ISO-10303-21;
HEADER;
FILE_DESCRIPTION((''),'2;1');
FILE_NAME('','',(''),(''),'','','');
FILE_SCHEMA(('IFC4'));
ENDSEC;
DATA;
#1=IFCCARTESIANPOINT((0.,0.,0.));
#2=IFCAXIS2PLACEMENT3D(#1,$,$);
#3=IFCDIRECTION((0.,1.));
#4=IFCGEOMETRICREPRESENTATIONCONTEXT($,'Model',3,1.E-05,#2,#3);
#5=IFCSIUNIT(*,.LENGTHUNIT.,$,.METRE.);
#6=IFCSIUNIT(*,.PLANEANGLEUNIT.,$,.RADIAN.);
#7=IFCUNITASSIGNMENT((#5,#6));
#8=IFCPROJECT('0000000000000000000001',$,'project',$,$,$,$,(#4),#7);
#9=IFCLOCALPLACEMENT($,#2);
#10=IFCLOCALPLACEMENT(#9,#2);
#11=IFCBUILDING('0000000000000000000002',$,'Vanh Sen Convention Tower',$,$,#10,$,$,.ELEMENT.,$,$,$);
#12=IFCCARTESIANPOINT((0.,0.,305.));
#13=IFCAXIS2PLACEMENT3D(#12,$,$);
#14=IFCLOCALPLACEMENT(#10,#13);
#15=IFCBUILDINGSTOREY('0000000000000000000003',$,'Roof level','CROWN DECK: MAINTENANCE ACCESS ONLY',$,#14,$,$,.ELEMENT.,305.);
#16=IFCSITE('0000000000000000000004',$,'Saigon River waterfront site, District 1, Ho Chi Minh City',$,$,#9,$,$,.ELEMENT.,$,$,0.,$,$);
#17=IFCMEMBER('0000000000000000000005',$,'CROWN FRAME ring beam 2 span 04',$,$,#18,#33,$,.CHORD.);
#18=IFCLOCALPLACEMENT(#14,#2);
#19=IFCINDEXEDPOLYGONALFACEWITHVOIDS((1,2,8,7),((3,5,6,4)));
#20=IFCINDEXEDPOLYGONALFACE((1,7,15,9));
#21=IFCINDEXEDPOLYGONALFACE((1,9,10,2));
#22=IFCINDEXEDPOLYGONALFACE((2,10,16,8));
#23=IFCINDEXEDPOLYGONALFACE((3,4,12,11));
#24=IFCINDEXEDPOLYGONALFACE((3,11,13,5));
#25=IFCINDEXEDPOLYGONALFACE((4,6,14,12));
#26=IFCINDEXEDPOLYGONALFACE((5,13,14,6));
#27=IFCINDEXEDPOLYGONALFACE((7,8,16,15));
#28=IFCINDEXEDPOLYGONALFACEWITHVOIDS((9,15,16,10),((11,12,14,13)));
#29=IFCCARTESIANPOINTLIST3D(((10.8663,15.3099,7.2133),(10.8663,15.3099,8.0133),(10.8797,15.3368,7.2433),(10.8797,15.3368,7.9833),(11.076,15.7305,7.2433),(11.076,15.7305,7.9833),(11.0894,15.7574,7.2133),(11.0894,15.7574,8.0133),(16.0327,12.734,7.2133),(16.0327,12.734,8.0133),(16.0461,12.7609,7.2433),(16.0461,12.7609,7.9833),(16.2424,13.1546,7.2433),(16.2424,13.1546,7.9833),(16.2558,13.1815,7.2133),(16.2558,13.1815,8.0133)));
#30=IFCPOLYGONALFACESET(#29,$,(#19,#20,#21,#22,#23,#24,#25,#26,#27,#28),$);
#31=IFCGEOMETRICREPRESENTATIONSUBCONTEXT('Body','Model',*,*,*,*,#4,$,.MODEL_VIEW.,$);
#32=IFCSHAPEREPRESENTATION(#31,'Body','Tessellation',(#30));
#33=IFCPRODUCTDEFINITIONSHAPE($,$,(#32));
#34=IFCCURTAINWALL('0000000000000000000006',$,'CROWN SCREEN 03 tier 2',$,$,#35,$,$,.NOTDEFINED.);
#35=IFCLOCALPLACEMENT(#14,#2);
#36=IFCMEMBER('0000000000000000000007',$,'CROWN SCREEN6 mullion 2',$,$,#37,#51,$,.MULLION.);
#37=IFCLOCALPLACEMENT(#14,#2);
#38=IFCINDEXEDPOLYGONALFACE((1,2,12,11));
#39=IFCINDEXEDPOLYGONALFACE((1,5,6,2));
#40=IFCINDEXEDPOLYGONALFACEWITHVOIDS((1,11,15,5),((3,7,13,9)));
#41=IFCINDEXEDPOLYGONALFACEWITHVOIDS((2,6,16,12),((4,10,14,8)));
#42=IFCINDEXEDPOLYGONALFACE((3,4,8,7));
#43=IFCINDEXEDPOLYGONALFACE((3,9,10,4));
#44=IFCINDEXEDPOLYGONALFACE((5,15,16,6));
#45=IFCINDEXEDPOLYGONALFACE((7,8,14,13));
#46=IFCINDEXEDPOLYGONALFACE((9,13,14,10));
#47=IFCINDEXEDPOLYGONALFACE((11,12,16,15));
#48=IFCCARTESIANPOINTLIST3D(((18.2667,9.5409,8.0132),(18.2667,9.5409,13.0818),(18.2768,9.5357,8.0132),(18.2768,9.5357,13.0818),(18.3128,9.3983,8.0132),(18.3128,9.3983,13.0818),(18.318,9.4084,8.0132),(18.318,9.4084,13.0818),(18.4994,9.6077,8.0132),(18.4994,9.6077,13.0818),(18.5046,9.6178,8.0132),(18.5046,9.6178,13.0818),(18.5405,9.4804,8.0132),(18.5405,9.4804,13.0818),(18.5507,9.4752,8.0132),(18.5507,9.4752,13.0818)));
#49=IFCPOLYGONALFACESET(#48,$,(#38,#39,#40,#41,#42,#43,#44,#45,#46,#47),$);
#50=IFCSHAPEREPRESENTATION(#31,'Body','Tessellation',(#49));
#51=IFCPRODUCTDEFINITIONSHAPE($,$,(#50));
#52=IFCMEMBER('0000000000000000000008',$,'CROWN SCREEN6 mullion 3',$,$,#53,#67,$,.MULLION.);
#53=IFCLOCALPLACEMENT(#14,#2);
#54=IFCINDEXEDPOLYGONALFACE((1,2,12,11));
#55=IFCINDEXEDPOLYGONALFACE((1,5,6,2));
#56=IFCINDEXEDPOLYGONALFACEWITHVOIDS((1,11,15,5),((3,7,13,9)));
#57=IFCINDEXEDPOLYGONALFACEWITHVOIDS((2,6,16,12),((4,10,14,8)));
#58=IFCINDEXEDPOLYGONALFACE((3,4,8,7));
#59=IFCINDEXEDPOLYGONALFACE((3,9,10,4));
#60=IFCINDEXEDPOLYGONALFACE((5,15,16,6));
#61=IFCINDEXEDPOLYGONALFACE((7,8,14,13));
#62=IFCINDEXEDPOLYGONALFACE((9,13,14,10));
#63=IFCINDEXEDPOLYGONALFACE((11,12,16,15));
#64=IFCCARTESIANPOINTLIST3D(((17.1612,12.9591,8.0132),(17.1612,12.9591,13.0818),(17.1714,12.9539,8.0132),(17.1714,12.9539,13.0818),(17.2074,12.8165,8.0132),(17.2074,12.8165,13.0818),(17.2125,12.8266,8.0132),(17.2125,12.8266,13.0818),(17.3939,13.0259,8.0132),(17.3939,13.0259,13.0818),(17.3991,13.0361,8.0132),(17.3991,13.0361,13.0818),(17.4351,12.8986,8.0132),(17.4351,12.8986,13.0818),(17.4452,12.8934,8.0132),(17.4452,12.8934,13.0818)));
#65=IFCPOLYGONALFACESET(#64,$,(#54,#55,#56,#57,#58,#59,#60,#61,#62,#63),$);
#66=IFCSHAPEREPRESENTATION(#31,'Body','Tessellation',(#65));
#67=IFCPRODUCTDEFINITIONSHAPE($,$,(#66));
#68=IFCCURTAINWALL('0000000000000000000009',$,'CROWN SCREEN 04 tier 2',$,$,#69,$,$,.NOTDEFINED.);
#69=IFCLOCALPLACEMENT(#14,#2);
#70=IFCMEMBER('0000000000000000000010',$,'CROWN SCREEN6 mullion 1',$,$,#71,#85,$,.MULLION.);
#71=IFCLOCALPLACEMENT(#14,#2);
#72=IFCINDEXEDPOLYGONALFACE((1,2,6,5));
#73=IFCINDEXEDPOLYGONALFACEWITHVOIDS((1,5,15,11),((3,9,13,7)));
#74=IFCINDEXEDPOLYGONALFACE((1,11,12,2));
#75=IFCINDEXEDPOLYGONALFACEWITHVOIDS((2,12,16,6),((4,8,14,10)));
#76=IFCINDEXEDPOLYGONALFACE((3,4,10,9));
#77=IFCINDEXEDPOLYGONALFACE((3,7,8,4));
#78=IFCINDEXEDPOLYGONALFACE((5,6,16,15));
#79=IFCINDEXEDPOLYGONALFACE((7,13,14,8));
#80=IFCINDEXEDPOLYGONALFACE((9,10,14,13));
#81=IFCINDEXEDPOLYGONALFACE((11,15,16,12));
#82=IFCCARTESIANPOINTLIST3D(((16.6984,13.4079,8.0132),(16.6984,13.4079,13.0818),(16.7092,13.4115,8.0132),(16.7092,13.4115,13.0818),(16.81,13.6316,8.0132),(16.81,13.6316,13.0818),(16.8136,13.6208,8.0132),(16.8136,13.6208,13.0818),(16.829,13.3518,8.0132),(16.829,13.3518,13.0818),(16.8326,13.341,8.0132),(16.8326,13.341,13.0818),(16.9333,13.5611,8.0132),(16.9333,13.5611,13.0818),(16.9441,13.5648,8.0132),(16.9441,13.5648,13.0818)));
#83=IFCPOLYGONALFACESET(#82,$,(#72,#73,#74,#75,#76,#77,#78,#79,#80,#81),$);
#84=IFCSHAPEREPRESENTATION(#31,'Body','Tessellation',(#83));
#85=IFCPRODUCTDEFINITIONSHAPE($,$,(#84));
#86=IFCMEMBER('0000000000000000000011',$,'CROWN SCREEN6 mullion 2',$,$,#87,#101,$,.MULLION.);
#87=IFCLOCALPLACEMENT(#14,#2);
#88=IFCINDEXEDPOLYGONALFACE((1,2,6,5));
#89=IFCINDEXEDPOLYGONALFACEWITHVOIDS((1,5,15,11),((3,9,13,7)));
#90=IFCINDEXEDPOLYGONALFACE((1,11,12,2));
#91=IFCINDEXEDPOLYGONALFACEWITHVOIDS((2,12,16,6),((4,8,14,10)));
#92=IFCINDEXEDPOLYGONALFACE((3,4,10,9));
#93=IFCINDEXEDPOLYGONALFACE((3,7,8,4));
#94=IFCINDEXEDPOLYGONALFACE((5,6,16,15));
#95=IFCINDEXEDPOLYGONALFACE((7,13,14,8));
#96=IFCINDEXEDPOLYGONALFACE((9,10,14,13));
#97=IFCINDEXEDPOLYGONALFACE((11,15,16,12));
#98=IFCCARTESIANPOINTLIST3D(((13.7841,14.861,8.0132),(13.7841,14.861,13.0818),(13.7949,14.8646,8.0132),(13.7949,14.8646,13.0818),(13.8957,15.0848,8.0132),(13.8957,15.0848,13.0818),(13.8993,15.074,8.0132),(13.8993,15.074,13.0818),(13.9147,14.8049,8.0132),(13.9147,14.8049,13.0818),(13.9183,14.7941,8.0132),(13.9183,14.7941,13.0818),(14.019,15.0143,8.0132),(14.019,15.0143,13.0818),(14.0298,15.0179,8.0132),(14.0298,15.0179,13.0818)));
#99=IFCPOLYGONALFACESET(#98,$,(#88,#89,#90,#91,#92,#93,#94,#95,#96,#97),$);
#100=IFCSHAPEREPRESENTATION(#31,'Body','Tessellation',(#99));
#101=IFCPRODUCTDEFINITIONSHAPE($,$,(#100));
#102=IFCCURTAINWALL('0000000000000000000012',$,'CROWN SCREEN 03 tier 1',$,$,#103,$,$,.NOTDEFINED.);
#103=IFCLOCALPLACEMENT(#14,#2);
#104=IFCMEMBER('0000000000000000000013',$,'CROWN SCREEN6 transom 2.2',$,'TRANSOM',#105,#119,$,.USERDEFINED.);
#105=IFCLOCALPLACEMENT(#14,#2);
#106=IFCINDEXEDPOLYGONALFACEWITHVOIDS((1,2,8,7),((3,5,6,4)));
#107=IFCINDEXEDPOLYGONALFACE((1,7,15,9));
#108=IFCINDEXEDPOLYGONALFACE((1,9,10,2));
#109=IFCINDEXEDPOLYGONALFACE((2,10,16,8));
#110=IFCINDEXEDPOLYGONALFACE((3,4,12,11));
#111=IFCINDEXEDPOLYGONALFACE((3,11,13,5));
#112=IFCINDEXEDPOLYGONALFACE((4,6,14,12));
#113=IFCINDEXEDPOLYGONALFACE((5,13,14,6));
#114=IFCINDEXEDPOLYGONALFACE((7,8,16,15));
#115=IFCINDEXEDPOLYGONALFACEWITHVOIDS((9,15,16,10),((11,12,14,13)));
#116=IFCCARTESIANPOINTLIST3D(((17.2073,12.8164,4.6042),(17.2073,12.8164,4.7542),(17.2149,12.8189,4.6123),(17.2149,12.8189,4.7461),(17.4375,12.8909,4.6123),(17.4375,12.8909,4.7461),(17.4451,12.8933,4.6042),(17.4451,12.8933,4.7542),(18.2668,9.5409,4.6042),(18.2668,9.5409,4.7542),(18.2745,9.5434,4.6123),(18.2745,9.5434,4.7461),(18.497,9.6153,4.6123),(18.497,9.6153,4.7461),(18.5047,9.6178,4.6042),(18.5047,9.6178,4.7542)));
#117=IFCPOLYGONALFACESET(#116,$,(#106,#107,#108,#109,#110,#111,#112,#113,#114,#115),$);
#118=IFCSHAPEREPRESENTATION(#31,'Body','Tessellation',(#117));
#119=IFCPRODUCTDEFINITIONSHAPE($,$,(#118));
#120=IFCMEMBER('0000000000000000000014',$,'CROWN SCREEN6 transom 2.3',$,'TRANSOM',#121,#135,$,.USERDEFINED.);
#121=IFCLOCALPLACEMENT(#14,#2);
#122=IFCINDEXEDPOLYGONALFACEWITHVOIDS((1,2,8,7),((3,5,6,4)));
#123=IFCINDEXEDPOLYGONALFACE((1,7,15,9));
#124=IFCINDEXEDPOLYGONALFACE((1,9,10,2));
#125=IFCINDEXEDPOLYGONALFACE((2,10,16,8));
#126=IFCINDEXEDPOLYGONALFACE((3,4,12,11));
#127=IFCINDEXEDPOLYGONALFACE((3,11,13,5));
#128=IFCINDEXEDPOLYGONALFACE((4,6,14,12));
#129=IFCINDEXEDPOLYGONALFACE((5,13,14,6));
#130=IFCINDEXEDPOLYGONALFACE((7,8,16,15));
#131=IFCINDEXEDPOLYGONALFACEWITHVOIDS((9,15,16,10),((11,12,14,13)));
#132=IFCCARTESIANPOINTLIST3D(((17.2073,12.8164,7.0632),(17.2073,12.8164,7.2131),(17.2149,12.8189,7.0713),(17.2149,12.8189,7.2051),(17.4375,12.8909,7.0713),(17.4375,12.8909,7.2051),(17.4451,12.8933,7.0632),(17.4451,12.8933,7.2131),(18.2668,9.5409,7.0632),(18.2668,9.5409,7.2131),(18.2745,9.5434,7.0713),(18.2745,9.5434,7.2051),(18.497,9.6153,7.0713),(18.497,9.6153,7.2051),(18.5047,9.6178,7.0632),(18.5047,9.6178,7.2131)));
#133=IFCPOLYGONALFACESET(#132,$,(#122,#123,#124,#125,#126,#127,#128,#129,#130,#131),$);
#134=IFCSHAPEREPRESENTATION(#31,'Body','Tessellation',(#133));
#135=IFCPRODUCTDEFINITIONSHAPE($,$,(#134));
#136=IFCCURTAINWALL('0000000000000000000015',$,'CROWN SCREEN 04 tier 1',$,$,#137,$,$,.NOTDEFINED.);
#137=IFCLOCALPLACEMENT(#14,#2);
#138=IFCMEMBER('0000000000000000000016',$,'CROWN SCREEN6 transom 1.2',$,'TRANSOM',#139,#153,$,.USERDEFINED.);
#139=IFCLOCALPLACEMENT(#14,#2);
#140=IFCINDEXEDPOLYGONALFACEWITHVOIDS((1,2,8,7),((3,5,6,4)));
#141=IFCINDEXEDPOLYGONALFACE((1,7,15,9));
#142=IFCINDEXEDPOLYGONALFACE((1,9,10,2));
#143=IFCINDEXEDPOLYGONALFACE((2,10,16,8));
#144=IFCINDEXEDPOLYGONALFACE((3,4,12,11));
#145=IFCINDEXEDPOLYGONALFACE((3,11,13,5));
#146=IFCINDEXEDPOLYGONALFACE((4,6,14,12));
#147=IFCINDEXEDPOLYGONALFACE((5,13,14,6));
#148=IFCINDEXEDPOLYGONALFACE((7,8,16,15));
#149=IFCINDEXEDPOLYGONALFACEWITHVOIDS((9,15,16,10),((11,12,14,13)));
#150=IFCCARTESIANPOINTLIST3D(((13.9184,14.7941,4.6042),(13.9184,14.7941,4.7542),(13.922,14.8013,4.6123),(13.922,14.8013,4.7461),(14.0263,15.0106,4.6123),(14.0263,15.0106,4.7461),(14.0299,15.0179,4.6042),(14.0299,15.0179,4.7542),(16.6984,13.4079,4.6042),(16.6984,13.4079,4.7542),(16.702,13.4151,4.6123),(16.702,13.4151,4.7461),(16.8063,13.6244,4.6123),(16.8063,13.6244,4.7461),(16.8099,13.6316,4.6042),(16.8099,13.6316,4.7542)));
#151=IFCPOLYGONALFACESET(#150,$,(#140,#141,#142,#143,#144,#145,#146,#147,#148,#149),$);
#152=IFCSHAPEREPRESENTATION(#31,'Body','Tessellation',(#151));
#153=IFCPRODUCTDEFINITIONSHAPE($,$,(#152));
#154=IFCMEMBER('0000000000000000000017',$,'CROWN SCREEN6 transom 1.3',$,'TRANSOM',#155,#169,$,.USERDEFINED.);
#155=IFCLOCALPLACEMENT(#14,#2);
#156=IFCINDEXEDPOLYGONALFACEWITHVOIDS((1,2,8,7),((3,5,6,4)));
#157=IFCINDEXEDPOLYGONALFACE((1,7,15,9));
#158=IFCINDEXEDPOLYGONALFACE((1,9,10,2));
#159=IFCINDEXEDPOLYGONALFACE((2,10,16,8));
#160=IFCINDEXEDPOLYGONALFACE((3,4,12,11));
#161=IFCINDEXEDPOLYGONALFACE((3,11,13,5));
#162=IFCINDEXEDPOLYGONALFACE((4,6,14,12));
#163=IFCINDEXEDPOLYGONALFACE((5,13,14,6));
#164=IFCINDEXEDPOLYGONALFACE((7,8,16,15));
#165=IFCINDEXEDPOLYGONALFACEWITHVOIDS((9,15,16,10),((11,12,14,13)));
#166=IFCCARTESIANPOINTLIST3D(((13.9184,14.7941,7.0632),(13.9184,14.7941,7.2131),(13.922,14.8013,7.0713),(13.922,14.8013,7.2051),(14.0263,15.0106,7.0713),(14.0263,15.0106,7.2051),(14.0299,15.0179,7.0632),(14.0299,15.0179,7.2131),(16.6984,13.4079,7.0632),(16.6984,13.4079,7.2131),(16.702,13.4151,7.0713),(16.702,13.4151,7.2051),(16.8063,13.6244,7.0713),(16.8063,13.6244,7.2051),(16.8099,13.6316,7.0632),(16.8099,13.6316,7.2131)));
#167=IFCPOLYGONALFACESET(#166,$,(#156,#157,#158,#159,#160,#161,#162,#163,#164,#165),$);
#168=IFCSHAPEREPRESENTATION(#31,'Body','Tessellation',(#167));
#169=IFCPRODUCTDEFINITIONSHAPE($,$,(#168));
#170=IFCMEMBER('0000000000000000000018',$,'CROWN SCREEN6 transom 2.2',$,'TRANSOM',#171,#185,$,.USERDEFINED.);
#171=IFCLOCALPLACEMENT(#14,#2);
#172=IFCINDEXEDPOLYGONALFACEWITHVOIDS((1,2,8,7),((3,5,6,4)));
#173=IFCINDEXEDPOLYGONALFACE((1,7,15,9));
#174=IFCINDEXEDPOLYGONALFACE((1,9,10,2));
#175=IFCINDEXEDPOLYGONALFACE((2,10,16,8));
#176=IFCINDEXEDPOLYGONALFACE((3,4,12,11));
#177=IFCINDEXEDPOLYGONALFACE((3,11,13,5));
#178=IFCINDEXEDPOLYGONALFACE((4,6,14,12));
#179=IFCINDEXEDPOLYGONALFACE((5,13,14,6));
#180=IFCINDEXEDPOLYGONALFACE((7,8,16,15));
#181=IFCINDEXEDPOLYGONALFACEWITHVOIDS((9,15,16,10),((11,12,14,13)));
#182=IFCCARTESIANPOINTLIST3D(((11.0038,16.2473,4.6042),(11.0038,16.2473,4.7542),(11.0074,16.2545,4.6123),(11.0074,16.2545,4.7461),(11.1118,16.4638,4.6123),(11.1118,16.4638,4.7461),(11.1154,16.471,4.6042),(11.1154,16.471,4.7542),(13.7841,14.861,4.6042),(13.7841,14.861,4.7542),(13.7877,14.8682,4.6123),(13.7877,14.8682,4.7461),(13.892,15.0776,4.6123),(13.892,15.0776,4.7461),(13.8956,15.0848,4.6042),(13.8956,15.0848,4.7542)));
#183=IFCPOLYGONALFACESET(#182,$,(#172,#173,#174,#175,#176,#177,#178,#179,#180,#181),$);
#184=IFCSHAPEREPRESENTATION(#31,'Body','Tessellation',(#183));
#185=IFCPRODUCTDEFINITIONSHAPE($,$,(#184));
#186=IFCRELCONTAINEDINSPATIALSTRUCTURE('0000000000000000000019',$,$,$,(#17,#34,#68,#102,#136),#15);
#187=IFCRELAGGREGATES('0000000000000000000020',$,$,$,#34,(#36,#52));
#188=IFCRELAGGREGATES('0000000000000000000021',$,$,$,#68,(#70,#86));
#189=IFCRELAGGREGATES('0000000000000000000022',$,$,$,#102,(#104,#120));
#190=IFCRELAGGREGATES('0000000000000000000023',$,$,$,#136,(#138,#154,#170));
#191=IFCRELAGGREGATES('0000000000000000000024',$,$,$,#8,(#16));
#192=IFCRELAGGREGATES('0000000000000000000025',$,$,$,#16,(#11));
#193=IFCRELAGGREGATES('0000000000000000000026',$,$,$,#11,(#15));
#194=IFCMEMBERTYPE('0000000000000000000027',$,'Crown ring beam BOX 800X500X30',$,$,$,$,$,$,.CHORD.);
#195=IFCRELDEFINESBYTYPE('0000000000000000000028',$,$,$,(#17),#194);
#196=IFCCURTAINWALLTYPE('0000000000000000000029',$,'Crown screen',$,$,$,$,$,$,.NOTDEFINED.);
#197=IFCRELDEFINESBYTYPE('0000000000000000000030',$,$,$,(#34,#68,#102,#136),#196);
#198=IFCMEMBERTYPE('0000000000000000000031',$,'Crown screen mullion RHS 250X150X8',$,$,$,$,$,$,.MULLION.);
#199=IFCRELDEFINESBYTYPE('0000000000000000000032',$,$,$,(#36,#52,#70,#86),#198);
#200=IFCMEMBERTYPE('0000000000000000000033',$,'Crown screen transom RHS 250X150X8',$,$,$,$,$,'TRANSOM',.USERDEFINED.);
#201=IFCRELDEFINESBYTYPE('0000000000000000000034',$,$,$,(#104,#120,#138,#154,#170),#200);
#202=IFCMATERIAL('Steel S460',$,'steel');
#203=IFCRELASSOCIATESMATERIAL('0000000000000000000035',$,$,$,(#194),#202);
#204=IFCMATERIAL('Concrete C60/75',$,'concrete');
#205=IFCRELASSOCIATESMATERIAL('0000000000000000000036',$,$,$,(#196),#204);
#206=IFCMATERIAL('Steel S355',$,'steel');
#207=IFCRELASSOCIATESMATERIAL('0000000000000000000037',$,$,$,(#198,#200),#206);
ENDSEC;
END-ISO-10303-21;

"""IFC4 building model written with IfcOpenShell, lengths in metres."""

from ifc_helpers import new_model, si_unit, direction, frame, origin, origin_2d, place, context, subcontext, project, spatial, hollow_rectangle, extrude, material, material_profile, profile_set, type_object, element, aggregate, save


model = new_model("IFC4")

# Units and contexts
model_context = context("Model", 3, precision=1e-05, world=origin(), true_north=direction((0.0, 1.0)))
body_context = subcontext(model_context, "Body", "Model", "MODEL_VIEW")
ifc_project = project(units=[si_unit("LENGTHUNIT", "METRE"), si_unit("PLANEANGLEUNIT", "RADIAN")], contexts=[model_context])

# Site, building, storey
site_placement = place(None, origin())
site = spatial("IfcSite", under=ifc_project, at=site_placement, Name="Saigon River waterfront site, District 1, Ho Chi Minh City", CompositionType="ELEMENT", RefElevation=0.0)
building_placement = place(site_placement, origin())
building = spatial("IfcBuilding", under=site, at=building_placement, Name="Vanh Sen Convention Tower", CompositionType="ELEMENT")
storey_placement = place(building_placement, frame((0.0, 0.0, 305.0)))
storey = spatial("IfcBuildingStorey", under=building, at=storey_placement, Name="Roof level", Description="CROWN DECK: MAINTENANCE ACCESS ONLY", CompositionType="ELEMENT", Elevation=305.0)

# Member
ifc_material_1 = material(Name="Steel S460", Category="steel")
ifc_material_profile_1 = material_profile(ifc_material_1, hollow_rectangle(XDim=0.5, YDim=0.8, WallThickness=0.03, at=origin_2d()), Name="BOX 800X500X30")
ifc_profile_set_1 = profile_set([ifc_material_profile_1], Name="Steel S460")
member_type_1 = type_object("IfcMemberType", Name="Crown ring beam BOX 800X500X30", PredefinedType="CHORD", material=ifc_profile_set_1)
member_1_placement = place(storey_placement, frame((16.1443, 12.9578, 7.6133), z_axis=(-0.894934, 0.446198, 0.0), x_axis=(-0.446198, -0.894934, 0.0)))
element("IfcMember", 1, at=member_1_placement, inside=storey, type_object=member_type_1, Name="CROWN FRAME ring beam 2 span 04", PredefinedType="CHORD", context=body_context, shape_type="SweptSolid", body=[
    extrude(hollow_rectangle(XDim=0.5, YDim=0.8, WallThickness=0.03, at=origin_2d()), origin(), (0.0, 0.0, 1.0), 5.7729),
])

# Curtain walls, members
ifc_material_2 = material(Name="Concrete C60/75", Category="concrete")
curtain_wall_type = type_object("IfcCurtainWallType", Name="Crown screen", PredefinedType="NOTDEFINED", material=ifc_material_2)
curtain_wall_1_placement = place(storey_placement, origin())
curtain_wall_1 = element("IfcCurtainWall", 2, at=curtain_wall_1_placement, inside=storey, type_object=curtain_wall_type, Name="CROWN SCREEN 03 tier 2", PredefinedType="NOTDEFINED")
ifc_material_3 = material(Name="Steel S355", Category="steel")
ifc_material_profile_2 = material_profile(ifc_material_3, hollow_rectangle(XDim=0.25, YDim=0.1499, WallThickness=0.0081, at=origin_2d()), Name="RHS 250X150X8")
ifc_profile_set_2 = profile_set([ifc_material_profile_2], Name="Steel S355")
member_type_2 = type_object("IfcMemberType", Name="Crown screen mullion RHS 250X150X8", PredefinedType="MULLION", material=ifc_profile_set_2)
member_2_placement = place(storey_placement, frame((18.4087, 9.5081, 8.0132), z_axis=(0.0, 0.0, 1.0), x_axis=(-0.951473, -0.307733, 0.0)))
member_2 = element("IfcMember", 3, at=member_2_placement, type_object=member_type_2, Name="CROWN SCREEN6 mullion 2", PredefinedType="MULLION", context=body_context, shape_type="SweptSolid", body=[
    extrude(hollow_rectangle(XDim=0.25, YDim=0.1499, WallThickness=0.0081, at=origin_2d()), origin(), (0.0, 0.0, 1.0), 5.0686),
])
member_3_placement = place(storey_placement, frame((17.3032, 12.9263, 8.0132), z_axis=(0.0, 0.0, 1.0), x_axis=(-0.951473, -0.307733, 0.0)))
member_3 = element("IfcMember", 4, at=member_3_placement, type_object=member_type_2, Name="CROWN SCREEN6 mullion 3", PredefinedType="MULLION", context=body_context, shape_type="SweptSolid", body=[
    extrude(hollow_rectangle(XDim=0.25, YDim=0.1499, WallThickness=0.0081, at=origin_2d()), origin(), (0.0, 0.0, 1.0), 5.0686),
])
aggregate(curtain_wall_1, [member_2, member_3])
curtain_wall_2_placement = place(storey_placement, origin())
curtain_wall_2 = element("IfcCurtainWall", 5, at=curtain_wall_2_placement, inside=storey, type_object=curtain_wall_type, Name="CROWN SCREEN 04 tier 2", PredefinedType="NOTDEFINED")
member_4_placement = place(storey_placement, frame((16.8213, 13.4863, 8.0132), z_axis=(0.0, 0.0, 1.0), x_axis=(-0.446205, -0.894931, 0.0)))
member_4 = element("IfcMember", 6, at=member_4_placement, type_object=member_type_2, Name="CROWN SCREEN6 mullion 1", PredefinedType="MULLION", context=body_context, shape_type="SweptSolid", body=[
    extrude(hollow_rectangle(XDim=0.25, YDim=0.1499, WallThickness=0.0081, at=origin_2d()), origin(), (0.0, 0.0, 1.0), 5.0686),
])
member_5_placement = place(storey_placement, frame((13.907, 14.9395, 8.0132), z_axis=(0.0, 0.0, 1.0), x_axis=(-0.446205, -0.894931, 0.0)))
member_5 = element("IfcMember", 7, at=member_5_placement, type_object=member_type_2, Name="CROWN SCREEN6 mullion 2", PredefinedType="MULLION", context=body_context, shape_type="SweptSolid", body=[
    extrude(hollow_rectangle(XDim=0.25, YDim=0.1499, WallThickness=0.0081, at=origin_2d()), origin(), (0.0, 0.0, 1.0), 5.0686),
])
curtain_wall_3_placement = place(storey_placement, origin())
curtain_wall_3 = element("IfcCurtainWall", 8, at=curtain_wall_3_placement, inside=storey, type_object=curtain_wall_type, Name="CROWN SCREEN 03 tier 1", PredefinedType="NOTDEFINED")
ifc_material_profile_3 = material_profile(ifc_material_3, hollow_rectangle(XDim=0.25, YDim=0.1499, WallThickness=0.0081, at=origin_2d()), Name="RHS 250X150X8")
ifc_profile_set_3 = profile_set([ifc_material_profile_3], Name="Steel S355")
member_type_3 = type_object("IfcMemberType", Name="Crown screen transom RHS 250X150X8", ElementType="TRANSOM", PredefinedType="USERDEFINED", material=ifc_profile_set_3)
member_6_placement = place(storey_placement, frame((18.3857, 9.5793, 4.6792), z_axis=(-0.307769, 0.951461, 0.0), x_axis=(-0.951461, -0.307769, 0.0)))
member_6 = element("IfcMember", 9, at=member_6_placement, type_object=member_type_3, Name="CROWN SCREEN6 transom 2.2", ObjectType="TRANSOM", PredefinedType="USERDEFINED", context=body_context, shape_type="SweptSolid", body=[
    extrude(hollow_rectangle(XDim=0.25, YDim=0.1499, WallThickness=0.0081, at=origin_2d()), origin(), (0.0, 0.0, 1.0), 3.4426),
])
member_7_placement = place(storey_placement, frame((18.3857, 9.5793, 7.1382), z_axis=(-0.307769, 0.951461, 0.0), x_axis=(-0.951461, -0.307769, 0.0)))
member_7 = element("IfcMember", 10, at=member_7_placement, type_object=member_type_3, Name="CROWN SCREEN6 transom 2.3", ObjectType="TRANSOM", PredefinedType="USERDEFINED", context=body_context, shape_type="SweptSolid", body=[
    extrude(hollow_rectangle(XDim=0.25, YDim=0.1499, WallThickness=0.0081, at=origin_2d()), origin(), (0.0, 0.0, 1.0), 3.4426),
])
curtain_wall_4_placement = place(storey_placement, origin())
curtain_wall_4 = element("IfcCurtainWall", 11, at=curtain_wall_4_placement, inside=storey, type_object=curtain_wall_type, Name="CROWN SCREEN 04 tier 1", PredefinedType="NOTDEFINED")
member_8_placement = place(storey_placement, frame((16.7542, 13.5198, 4.6792), z_axis=(-0.894914, 0.446239, 0.0), x_axis=(-0.446239, -0.894914, 0.0)))
member_8 = element("IfcMember", 12, at=member_8_placement, type_object=member_type_3, Name="CROWN SCREEN6 transom 1.2", ObjectType="TRANSOM", PredefinedType="USERDEFINED", context=body_context, shape_type="SweptSolid", body=[
    extrude(hollow_rectangle(XDim=0.25, YDim=0.1499, WallThickness=0.0081, at=origin_2d()), origin(), (0.0, 0.0, 1.0), 3.1064),
])
member_9_placement = place(storey_placement, frame((16.7542, 13.5198, 7.1382), z_axis=(-0.894914, 0.446239, 0.0), x_axis=(-0.446239, -0.894914, 0.0)))
member_9 = element("IfcMember", 13, at=member_9_placement, type_object=member_type_3, Name="CROWN SCREEN6 transom 1.3", ObjectType="TRANSOM", PredefinedType="USERDEFINED", context=body_context, shape_type="SweptSolid", body=[
    extrude(hollow_rectangle(XDim=0.25, YDim=0.1499, WallThickness=0.0081, at=origin_2d()), origin(), (0.0, 0.0, 1.0), 3.1064),
])
member_10_placement = place(storey_placement, frame((13.8398, 14.9729, 4.6792), z_axis=(-0.89493, 0.446207, 0.0), x_axis=(-0.446207, -0.89493, 0.0)))
member_10 = element("IfcMember", 14, at=member_10_placement, type_object=member_type_3, Name="CROWN SCREEN6 transom 2.2", ObjectType="TRANSOM", PredefinedType="USERDEFINED", context=body_context, shape_type="SweptSolid", body=[
    extrude(hollow_rectangle(XDim=0.25, YDim=0.1499, WallThickness=0.0081, at=origin_2d()), origin(), (0.0, 0.0, 1.0), 3.1067),
])

aggregate(curtain_wall_2, [member_4, member_5])

aggregate(curtain_wall_3, [member_6, member_7])
aggregate(curtain_wall_4, [member_8, member_9, member_10])

save(model, "model.ifc")
